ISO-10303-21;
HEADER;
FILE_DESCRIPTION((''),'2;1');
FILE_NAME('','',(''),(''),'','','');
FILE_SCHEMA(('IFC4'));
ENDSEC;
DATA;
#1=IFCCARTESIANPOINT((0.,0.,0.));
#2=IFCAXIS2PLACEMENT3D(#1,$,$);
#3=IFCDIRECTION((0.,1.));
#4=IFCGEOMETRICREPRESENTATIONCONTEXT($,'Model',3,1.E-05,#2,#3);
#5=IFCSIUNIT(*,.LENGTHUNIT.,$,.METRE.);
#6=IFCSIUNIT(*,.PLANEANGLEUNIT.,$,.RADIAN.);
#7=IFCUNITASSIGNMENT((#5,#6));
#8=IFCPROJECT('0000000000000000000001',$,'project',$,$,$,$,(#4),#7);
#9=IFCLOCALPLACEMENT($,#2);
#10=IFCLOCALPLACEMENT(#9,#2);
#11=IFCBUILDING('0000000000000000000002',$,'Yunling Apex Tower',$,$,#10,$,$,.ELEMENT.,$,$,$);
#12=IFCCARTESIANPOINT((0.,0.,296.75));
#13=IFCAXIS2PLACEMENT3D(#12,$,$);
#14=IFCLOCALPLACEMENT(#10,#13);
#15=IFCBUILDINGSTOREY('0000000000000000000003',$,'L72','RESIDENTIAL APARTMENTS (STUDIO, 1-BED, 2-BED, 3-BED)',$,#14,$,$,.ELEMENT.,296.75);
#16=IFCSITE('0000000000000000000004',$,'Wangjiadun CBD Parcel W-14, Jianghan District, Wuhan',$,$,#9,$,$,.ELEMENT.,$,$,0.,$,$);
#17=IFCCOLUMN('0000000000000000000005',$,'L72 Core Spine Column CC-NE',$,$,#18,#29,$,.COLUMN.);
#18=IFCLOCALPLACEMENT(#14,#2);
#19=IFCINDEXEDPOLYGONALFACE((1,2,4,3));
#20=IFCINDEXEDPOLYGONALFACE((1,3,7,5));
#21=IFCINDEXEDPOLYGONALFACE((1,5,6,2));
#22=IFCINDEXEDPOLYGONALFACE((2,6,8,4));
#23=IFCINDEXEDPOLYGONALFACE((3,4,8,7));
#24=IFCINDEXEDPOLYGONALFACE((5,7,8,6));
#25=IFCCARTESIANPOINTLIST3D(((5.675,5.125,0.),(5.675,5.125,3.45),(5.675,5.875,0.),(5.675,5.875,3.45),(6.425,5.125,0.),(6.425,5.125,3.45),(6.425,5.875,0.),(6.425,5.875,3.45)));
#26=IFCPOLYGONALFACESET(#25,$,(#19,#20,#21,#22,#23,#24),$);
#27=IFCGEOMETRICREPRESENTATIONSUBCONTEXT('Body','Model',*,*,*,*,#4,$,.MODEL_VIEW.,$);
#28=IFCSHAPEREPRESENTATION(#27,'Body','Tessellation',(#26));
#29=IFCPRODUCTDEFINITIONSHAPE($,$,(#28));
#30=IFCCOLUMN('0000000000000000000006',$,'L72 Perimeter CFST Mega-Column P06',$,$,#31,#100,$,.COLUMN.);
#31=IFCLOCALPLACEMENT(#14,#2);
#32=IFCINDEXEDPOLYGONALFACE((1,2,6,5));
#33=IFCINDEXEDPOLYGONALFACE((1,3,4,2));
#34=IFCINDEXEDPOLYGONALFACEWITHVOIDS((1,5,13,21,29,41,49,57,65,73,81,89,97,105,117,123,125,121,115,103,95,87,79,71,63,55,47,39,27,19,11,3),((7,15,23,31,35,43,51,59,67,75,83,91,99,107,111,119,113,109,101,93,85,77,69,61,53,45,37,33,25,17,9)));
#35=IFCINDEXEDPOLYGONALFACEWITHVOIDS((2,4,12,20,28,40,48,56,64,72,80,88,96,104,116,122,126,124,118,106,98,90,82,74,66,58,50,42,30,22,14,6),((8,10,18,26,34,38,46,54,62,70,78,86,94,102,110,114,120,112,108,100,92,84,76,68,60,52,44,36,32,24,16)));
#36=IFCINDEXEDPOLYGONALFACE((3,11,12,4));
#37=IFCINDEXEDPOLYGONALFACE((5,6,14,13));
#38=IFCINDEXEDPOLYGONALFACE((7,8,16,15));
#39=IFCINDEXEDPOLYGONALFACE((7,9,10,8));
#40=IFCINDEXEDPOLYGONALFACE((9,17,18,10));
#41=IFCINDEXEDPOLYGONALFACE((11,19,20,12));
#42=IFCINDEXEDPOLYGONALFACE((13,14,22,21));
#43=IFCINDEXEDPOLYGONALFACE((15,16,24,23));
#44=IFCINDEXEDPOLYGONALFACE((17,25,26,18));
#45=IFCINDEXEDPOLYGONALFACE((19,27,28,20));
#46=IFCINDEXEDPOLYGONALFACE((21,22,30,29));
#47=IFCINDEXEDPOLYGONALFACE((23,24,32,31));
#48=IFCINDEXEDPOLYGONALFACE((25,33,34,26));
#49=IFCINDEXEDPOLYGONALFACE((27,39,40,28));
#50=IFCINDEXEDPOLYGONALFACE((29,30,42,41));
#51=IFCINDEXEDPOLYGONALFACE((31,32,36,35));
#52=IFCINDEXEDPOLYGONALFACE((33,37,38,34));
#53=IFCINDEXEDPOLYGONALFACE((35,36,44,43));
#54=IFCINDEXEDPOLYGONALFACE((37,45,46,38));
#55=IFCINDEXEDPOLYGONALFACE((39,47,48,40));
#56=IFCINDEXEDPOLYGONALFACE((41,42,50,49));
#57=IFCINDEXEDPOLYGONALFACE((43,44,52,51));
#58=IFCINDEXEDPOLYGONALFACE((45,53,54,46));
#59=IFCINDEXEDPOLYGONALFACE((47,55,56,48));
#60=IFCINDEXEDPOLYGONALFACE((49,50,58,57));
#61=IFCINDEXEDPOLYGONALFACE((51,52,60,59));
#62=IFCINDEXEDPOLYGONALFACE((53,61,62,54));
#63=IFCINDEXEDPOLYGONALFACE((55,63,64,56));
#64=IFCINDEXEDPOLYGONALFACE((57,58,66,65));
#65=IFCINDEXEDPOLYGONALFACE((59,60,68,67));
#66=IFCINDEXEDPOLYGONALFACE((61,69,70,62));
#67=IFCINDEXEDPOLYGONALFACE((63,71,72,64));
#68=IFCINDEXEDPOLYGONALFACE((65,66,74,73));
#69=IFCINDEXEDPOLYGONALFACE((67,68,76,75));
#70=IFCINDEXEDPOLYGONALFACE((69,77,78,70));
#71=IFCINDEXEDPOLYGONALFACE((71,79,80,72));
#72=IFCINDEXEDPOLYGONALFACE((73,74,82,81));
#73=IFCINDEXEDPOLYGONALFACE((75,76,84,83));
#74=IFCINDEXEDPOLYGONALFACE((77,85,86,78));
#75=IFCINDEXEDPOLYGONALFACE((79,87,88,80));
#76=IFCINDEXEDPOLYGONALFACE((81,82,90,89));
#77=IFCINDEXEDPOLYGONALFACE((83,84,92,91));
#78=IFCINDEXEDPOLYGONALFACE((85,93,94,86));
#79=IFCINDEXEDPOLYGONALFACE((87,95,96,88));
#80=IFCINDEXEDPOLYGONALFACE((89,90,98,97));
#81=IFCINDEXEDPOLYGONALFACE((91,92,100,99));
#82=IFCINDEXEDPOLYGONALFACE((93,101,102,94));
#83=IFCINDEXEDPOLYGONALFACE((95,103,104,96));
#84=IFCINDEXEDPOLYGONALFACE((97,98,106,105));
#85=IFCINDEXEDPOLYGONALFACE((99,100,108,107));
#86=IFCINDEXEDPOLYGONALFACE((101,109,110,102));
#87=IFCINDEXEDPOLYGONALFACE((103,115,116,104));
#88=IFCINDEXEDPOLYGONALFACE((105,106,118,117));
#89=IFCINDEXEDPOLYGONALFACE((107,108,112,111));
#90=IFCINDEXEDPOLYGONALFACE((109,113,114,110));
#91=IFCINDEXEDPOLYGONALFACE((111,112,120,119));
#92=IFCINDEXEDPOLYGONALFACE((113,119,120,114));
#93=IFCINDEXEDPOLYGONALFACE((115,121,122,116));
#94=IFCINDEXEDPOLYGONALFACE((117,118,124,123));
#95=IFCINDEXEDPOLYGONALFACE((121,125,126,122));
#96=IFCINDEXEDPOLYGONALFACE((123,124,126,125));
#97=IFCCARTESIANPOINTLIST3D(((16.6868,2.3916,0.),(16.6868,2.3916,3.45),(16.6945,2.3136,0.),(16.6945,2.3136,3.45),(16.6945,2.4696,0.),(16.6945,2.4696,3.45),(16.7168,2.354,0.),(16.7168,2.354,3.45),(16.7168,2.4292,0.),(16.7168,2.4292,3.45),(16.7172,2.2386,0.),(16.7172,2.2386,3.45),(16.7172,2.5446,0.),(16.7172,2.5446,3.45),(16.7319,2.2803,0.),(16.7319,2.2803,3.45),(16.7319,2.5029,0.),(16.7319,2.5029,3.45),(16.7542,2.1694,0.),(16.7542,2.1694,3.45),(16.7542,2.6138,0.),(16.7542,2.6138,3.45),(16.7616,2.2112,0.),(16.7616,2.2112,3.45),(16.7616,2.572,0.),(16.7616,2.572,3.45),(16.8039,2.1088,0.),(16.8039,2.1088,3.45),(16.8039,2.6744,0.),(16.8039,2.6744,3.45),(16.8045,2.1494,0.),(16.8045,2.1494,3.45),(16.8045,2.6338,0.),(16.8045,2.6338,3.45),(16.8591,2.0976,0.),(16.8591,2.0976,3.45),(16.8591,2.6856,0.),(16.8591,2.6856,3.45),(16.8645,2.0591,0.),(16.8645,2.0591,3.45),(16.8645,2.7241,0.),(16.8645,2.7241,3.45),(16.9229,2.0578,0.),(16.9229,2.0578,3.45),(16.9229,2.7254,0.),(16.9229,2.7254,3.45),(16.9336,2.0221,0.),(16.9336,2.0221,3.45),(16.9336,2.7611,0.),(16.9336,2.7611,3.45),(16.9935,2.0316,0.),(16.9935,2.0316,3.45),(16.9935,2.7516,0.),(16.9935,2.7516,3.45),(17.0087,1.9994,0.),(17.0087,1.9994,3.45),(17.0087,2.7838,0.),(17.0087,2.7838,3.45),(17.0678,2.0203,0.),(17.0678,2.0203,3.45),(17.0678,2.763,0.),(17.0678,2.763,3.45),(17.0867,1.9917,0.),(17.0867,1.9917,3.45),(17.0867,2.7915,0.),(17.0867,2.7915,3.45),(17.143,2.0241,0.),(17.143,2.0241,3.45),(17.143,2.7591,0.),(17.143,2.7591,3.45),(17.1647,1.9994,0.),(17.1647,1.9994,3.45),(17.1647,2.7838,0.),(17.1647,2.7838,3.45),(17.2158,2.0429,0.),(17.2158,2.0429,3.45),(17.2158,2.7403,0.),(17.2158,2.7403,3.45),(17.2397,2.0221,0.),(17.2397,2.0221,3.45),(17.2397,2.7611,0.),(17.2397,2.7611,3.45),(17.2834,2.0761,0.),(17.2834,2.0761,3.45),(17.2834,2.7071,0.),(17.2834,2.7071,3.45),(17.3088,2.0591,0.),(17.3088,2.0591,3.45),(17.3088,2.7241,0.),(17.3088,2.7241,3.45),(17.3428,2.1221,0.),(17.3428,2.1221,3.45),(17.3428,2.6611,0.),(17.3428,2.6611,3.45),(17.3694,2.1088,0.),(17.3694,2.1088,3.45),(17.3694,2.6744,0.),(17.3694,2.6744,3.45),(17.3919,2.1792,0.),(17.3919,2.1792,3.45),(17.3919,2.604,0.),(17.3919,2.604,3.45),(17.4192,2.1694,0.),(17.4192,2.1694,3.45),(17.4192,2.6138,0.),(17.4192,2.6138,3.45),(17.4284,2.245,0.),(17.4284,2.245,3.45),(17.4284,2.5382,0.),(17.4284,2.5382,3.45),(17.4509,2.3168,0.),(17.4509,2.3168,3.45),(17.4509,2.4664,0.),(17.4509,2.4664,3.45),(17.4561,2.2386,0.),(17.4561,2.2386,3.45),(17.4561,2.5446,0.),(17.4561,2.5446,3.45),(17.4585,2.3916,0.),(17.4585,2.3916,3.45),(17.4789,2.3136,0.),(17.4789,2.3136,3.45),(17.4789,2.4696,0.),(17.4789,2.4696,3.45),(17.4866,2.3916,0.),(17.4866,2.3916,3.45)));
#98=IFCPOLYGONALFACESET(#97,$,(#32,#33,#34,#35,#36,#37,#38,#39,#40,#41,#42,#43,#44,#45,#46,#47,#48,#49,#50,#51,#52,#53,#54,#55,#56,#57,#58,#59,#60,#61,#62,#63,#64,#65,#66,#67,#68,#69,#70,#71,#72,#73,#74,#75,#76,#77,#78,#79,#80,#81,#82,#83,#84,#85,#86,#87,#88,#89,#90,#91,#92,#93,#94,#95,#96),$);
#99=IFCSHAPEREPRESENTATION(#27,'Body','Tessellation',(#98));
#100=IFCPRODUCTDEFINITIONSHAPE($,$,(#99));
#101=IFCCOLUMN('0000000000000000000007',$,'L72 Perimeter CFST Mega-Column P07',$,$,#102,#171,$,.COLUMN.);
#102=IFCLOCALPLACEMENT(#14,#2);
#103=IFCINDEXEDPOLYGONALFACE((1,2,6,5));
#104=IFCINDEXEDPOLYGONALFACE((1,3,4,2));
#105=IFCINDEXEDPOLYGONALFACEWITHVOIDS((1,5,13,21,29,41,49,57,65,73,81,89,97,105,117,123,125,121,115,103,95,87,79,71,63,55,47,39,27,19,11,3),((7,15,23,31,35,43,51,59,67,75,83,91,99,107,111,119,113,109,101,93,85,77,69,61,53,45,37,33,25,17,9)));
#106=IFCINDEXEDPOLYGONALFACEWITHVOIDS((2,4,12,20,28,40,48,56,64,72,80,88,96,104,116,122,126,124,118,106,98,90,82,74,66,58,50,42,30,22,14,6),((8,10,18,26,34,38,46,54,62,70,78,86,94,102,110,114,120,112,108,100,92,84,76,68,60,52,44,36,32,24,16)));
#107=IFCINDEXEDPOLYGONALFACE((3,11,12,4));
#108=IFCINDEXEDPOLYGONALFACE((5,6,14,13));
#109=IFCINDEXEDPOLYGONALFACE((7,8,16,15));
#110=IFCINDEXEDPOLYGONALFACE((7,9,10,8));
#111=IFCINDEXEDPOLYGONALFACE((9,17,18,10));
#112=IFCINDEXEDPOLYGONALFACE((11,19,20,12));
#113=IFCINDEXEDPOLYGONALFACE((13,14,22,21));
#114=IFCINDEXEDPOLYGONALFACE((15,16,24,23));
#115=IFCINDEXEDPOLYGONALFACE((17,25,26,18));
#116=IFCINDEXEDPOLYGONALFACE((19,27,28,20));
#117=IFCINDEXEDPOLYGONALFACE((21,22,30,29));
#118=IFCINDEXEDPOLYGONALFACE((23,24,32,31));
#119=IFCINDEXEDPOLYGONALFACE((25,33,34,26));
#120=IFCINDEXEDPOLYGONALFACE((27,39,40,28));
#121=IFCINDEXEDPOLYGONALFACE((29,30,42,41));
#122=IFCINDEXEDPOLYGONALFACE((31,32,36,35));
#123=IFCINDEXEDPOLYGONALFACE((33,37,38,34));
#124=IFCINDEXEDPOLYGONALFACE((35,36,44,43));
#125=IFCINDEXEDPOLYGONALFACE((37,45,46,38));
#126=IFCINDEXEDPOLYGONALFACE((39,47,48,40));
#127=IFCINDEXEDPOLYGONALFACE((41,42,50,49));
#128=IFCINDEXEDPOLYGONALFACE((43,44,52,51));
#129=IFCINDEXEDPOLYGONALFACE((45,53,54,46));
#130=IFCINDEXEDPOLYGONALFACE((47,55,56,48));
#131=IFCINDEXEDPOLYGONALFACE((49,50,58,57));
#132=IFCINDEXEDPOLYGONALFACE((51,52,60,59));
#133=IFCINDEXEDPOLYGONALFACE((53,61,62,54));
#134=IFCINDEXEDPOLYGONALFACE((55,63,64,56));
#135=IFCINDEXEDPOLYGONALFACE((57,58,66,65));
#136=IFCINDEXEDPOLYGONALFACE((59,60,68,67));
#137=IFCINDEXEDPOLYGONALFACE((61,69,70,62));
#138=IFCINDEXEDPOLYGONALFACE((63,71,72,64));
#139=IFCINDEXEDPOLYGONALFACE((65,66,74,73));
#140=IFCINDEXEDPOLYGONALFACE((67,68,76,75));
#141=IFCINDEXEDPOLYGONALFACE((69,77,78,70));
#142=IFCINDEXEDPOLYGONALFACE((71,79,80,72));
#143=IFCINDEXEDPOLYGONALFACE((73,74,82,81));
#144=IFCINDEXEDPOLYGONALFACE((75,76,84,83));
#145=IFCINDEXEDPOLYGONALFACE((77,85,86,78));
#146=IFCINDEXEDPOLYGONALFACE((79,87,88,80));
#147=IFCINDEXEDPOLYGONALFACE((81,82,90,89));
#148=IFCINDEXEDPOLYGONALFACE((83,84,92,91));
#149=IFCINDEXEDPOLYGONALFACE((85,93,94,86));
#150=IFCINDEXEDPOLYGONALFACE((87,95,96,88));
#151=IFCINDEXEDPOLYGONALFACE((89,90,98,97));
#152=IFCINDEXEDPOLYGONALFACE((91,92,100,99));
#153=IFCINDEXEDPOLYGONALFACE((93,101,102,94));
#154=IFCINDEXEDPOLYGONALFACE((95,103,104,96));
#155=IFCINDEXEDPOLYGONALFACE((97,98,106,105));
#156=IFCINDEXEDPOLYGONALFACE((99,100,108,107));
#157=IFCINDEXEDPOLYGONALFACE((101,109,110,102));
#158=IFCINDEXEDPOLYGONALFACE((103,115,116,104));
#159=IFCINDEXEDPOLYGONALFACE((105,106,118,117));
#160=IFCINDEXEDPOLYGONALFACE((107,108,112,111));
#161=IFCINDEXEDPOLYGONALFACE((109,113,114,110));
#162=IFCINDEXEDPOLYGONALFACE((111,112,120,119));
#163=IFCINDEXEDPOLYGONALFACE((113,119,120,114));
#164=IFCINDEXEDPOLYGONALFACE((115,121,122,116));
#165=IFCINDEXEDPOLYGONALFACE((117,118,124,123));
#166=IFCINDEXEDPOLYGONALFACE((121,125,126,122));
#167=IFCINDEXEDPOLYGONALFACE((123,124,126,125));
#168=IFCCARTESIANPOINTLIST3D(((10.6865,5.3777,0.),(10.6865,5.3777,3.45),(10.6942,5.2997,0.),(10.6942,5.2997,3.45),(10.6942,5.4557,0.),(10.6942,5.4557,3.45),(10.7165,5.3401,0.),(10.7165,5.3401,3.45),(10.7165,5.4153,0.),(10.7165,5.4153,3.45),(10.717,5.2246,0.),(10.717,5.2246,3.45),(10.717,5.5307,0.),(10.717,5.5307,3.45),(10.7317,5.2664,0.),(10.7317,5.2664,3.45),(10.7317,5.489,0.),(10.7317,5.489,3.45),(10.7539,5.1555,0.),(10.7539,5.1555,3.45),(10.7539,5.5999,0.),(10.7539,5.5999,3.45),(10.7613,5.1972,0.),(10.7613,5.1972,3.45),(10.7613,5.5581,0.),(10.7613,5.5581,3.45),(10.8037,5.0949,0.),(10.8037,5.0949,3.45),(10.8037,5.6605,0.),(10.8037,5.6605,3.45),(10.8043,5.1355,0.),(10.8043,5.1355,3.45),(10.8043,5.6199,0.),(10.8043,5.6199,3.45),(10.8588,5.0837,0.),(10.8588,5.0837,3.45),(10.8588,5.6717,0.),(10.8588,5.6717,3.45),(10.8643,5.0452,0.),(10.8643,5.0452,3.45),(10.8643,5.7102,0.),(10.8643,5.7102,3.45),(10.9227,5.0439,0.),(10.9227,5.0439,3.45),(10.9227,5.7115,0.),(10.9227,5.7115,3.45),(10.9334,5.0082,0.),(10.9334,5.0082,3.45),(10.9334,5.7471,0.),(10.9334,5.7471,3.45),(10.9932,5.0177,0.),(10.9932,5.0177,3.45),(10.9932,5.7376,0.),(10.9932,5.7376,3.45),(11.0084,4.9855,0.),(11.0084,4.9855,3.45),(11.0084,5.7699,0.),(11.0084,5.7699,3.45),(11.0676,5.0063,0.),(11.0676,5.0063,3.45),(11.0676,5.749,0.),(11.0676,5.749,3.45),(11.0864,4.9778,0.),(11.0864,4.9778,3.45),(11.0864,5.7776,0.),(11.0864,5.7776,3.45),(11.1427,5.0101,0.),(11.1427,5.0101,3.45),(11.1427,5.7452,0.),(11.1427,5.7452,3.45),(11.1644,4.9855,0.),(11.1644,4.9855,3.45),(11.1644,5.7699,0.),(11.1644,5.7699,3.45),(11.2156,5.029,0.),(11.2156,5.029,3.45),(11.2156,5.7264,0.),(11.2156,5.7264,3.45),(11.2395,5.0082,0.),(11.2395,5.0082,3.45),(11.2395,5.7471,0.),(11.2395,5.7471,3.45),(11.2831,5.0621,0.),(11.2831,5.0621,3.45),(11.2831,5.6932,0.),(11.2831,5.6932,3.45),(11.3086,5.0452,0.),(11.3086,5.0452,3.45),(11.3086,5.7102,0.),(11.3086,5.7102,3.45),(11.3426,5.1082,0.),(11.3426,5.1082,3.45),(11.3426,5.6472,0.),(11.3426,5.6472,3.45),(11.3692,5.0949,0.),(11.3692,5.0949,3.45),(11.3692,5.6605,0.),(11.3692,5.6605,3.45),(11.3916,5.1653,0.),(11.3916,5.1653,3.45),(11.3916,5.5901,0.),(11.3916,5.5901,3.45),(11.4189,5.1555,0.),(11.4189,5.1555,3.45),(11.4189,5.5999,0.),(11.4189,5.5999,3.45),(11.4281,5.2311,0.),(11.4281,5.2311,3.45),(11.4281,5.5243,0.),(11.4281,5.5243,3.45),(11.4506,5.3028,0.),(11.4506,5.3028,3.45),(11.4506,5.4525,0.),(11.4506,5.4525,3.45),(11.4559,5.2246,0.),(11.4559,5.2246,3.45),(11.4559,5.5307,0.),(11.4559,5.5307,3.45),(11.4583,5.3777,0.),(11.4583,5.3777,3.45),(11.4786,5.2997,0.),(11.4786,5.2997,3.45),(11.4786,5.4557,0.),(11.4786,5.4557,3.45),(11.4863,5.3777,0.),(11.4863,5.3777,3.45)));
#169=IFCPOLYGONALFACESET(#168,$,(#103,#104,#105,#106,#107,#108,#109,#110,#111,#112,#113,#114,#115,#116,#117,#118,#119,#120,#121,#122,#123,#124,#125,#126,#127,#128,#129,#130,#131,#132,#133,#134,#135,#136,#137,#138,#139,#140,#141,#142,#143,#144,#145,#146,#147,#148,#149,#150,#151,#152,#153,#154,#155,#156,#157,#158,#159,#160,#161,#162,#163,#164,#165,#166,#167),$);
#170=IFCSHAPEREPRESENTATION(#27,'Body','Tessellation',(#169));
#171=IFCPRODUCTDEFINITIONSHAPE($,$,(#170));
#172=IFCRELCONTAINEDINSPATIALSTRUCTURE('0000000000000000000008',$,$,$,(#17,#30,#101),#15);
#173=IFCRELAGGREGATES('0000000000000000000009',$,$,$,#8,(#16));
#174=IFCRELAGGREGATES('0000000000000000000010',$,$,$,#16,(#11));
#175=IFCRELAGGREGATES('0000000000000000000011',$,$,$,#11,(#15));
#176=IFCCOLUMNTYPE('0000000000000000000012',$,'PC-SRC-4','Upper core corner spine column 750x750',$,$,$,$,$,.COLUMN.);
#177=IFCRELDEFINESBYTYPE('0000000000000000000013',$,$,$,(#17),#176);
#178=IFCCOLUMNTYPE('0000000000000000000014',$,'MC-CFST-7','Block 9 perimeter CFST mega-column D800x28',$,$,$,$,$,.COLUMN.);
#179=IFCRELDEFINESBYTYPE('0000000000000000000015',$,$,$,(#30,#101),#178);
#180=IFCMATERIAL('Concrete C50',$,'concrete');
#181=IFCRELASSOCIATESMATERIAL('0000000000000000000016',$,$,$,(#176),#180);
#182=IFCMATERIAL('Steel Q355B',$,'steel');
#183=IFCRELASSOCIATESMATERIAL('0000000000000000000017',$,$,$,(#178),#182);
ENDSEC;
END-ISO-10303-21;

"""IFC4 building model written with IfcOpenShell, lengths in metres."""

from ifc_helpers import new_model, si_unit, direction, frame, origin, origin_2d, place, context, subcontext, project, spatial, rectangle, hollow_circle, extrude, source, transform, mapped, material, material_profile, profile_set, type_object, element, save


model = new_model("IFC4")

# Units and contexts
model_context = context("Model", 3, precision=1e-05, world=origin(), true_north=direction((0.0, 1.0)))
body_context = subcontext(model_context, "Body", "Model", "MODEL_VIEW")
ifc_project = project(units=[si_unit("LENGTHUNIT", "METRE"), si_unit("PLANEANGLEUNIT", "RADIAN")], contexts=[model_context])

# Site, building, storey
site_placement = place(None, origin())
site = spatial("IfcSite", under=ifc_project, at=site_placement, Name="Wangjiadun CBD Parcel W-14, Jianghan District, Wuhan", CompositionType="ELEMENT", RefElevation=0.0)
building_placement = place(site_placement, origin())
building = spatial("IfcBuilding", under=site, at=building_placement, Name="Yunling Apex Tower", CompositionType="ELEMENT")
storey_placement = place(building_placement, frame((0.0, 0.0, 296.75)))
storey = spatial("IfcBuildingStorey", under=building, at=storey_placement, Name="L72", Description="RESIDENTIAL APARTMENTS (STUDIO, 1-BED, 2-BED, 3-BED)", CompositionType="ELEMENT", Elevation=296.75)

# Columns
ifc_material_1 = material(Name="Concrete C50", Category="concrete")
ifc_material_profile_1 = material_profile(ifc_material_1, rectangle(XDim=0.75, YDim=0.75, at=origin_2d()))
ifc_profile_set_1 = profile_set([ifc_material_profile_1], Name="Concrete C50")
column_type_1 = type_object("IfcColumnType", Name="PC-SRC-4", Description="Upper core corner spine column 750x750", PredefinedType="COLUMN", material=ifc_profile_set_1)
shared_shape_1 = source(origin(), body_context, "Body", "SweptSolid", [
    extrude(rectangle(XDim=0.75, YDim=0.75, at=origin_2d()), origin(), (0.0, 0.0, 1.0), 3.45),
])
column_placement = place(storey_placement, frame((6.05, 5.5, 0.0), z_axis=(0.0, 0.0, 1.0), x_axis=(1.0, 0.0, 0.0)))
element("IfcColumn", 1, at=column_placement, inside=storey, type_object=column_type_1, Name="L72 Core Spine Column CC-NE", PredefinedType="COLUMN", context=body_context, shape_type="MappedRepresentation", body=[
    mapped(shared_shape_1, transform((0.0, 0.0, 0.0), scale=1.0)),
])
ifc_material_2 = material(Name="Steel Q355B", Category="steel")
ifc_material_profile_2 = material_profile(ifc_material_2, hollow_circle(Radius=0.3999, WallThickness=0.0281, at=origin_2d()))
ifc_profile_set_2 = profile_set([ifc_material_profile_2], Name="Steel Q355B")
column_type_2 = type_object("IfcColumnType", Name="MC-CFST-7", Description="Block 9 perimeter CFST mega-column D800x28", PredefinedType="COLUMN", material=ifc_profile_set_2)
shared_shape_2 = source(origin(), body_context, "Body", "SweptSolid", [
    extrude(hollow_circle(Radius=0.3999, WallThickness=0.0281, at=origin_2d()), origin(), (0.0, 0.0, 1.0), 3.45),
])
for number, where, z_axis, x_axis, name in (
    (2, (17.0867, 2.3916, 0.0), (0.0, 0.0, 1.0), (1.0, 0.0, 0.0), "L72 Perimeter CFST Mega-Column P06"),
    (3, (11.0864, 5.3777, 0.0), (0.0, 0.0, 1.0), (1.0, 0.0, 0.0), "L72 Perimeter CFST Mega-Column P07"),
):
    element("IfcColumn", number, at=place(storey_placement, frame(where, z_axis=z_axis, x_axis=x_axis)), inside=storey, type_object=column_type_2, Name=name, PredefinedType="COLUMN", context=body_context, shape_type="MappedRepresentation", body=[
        mapped(shared_shape_2, transform((0.0, 0.0, 0.0), scale=1.0)),
    ])

save(model, "model.ifc")
